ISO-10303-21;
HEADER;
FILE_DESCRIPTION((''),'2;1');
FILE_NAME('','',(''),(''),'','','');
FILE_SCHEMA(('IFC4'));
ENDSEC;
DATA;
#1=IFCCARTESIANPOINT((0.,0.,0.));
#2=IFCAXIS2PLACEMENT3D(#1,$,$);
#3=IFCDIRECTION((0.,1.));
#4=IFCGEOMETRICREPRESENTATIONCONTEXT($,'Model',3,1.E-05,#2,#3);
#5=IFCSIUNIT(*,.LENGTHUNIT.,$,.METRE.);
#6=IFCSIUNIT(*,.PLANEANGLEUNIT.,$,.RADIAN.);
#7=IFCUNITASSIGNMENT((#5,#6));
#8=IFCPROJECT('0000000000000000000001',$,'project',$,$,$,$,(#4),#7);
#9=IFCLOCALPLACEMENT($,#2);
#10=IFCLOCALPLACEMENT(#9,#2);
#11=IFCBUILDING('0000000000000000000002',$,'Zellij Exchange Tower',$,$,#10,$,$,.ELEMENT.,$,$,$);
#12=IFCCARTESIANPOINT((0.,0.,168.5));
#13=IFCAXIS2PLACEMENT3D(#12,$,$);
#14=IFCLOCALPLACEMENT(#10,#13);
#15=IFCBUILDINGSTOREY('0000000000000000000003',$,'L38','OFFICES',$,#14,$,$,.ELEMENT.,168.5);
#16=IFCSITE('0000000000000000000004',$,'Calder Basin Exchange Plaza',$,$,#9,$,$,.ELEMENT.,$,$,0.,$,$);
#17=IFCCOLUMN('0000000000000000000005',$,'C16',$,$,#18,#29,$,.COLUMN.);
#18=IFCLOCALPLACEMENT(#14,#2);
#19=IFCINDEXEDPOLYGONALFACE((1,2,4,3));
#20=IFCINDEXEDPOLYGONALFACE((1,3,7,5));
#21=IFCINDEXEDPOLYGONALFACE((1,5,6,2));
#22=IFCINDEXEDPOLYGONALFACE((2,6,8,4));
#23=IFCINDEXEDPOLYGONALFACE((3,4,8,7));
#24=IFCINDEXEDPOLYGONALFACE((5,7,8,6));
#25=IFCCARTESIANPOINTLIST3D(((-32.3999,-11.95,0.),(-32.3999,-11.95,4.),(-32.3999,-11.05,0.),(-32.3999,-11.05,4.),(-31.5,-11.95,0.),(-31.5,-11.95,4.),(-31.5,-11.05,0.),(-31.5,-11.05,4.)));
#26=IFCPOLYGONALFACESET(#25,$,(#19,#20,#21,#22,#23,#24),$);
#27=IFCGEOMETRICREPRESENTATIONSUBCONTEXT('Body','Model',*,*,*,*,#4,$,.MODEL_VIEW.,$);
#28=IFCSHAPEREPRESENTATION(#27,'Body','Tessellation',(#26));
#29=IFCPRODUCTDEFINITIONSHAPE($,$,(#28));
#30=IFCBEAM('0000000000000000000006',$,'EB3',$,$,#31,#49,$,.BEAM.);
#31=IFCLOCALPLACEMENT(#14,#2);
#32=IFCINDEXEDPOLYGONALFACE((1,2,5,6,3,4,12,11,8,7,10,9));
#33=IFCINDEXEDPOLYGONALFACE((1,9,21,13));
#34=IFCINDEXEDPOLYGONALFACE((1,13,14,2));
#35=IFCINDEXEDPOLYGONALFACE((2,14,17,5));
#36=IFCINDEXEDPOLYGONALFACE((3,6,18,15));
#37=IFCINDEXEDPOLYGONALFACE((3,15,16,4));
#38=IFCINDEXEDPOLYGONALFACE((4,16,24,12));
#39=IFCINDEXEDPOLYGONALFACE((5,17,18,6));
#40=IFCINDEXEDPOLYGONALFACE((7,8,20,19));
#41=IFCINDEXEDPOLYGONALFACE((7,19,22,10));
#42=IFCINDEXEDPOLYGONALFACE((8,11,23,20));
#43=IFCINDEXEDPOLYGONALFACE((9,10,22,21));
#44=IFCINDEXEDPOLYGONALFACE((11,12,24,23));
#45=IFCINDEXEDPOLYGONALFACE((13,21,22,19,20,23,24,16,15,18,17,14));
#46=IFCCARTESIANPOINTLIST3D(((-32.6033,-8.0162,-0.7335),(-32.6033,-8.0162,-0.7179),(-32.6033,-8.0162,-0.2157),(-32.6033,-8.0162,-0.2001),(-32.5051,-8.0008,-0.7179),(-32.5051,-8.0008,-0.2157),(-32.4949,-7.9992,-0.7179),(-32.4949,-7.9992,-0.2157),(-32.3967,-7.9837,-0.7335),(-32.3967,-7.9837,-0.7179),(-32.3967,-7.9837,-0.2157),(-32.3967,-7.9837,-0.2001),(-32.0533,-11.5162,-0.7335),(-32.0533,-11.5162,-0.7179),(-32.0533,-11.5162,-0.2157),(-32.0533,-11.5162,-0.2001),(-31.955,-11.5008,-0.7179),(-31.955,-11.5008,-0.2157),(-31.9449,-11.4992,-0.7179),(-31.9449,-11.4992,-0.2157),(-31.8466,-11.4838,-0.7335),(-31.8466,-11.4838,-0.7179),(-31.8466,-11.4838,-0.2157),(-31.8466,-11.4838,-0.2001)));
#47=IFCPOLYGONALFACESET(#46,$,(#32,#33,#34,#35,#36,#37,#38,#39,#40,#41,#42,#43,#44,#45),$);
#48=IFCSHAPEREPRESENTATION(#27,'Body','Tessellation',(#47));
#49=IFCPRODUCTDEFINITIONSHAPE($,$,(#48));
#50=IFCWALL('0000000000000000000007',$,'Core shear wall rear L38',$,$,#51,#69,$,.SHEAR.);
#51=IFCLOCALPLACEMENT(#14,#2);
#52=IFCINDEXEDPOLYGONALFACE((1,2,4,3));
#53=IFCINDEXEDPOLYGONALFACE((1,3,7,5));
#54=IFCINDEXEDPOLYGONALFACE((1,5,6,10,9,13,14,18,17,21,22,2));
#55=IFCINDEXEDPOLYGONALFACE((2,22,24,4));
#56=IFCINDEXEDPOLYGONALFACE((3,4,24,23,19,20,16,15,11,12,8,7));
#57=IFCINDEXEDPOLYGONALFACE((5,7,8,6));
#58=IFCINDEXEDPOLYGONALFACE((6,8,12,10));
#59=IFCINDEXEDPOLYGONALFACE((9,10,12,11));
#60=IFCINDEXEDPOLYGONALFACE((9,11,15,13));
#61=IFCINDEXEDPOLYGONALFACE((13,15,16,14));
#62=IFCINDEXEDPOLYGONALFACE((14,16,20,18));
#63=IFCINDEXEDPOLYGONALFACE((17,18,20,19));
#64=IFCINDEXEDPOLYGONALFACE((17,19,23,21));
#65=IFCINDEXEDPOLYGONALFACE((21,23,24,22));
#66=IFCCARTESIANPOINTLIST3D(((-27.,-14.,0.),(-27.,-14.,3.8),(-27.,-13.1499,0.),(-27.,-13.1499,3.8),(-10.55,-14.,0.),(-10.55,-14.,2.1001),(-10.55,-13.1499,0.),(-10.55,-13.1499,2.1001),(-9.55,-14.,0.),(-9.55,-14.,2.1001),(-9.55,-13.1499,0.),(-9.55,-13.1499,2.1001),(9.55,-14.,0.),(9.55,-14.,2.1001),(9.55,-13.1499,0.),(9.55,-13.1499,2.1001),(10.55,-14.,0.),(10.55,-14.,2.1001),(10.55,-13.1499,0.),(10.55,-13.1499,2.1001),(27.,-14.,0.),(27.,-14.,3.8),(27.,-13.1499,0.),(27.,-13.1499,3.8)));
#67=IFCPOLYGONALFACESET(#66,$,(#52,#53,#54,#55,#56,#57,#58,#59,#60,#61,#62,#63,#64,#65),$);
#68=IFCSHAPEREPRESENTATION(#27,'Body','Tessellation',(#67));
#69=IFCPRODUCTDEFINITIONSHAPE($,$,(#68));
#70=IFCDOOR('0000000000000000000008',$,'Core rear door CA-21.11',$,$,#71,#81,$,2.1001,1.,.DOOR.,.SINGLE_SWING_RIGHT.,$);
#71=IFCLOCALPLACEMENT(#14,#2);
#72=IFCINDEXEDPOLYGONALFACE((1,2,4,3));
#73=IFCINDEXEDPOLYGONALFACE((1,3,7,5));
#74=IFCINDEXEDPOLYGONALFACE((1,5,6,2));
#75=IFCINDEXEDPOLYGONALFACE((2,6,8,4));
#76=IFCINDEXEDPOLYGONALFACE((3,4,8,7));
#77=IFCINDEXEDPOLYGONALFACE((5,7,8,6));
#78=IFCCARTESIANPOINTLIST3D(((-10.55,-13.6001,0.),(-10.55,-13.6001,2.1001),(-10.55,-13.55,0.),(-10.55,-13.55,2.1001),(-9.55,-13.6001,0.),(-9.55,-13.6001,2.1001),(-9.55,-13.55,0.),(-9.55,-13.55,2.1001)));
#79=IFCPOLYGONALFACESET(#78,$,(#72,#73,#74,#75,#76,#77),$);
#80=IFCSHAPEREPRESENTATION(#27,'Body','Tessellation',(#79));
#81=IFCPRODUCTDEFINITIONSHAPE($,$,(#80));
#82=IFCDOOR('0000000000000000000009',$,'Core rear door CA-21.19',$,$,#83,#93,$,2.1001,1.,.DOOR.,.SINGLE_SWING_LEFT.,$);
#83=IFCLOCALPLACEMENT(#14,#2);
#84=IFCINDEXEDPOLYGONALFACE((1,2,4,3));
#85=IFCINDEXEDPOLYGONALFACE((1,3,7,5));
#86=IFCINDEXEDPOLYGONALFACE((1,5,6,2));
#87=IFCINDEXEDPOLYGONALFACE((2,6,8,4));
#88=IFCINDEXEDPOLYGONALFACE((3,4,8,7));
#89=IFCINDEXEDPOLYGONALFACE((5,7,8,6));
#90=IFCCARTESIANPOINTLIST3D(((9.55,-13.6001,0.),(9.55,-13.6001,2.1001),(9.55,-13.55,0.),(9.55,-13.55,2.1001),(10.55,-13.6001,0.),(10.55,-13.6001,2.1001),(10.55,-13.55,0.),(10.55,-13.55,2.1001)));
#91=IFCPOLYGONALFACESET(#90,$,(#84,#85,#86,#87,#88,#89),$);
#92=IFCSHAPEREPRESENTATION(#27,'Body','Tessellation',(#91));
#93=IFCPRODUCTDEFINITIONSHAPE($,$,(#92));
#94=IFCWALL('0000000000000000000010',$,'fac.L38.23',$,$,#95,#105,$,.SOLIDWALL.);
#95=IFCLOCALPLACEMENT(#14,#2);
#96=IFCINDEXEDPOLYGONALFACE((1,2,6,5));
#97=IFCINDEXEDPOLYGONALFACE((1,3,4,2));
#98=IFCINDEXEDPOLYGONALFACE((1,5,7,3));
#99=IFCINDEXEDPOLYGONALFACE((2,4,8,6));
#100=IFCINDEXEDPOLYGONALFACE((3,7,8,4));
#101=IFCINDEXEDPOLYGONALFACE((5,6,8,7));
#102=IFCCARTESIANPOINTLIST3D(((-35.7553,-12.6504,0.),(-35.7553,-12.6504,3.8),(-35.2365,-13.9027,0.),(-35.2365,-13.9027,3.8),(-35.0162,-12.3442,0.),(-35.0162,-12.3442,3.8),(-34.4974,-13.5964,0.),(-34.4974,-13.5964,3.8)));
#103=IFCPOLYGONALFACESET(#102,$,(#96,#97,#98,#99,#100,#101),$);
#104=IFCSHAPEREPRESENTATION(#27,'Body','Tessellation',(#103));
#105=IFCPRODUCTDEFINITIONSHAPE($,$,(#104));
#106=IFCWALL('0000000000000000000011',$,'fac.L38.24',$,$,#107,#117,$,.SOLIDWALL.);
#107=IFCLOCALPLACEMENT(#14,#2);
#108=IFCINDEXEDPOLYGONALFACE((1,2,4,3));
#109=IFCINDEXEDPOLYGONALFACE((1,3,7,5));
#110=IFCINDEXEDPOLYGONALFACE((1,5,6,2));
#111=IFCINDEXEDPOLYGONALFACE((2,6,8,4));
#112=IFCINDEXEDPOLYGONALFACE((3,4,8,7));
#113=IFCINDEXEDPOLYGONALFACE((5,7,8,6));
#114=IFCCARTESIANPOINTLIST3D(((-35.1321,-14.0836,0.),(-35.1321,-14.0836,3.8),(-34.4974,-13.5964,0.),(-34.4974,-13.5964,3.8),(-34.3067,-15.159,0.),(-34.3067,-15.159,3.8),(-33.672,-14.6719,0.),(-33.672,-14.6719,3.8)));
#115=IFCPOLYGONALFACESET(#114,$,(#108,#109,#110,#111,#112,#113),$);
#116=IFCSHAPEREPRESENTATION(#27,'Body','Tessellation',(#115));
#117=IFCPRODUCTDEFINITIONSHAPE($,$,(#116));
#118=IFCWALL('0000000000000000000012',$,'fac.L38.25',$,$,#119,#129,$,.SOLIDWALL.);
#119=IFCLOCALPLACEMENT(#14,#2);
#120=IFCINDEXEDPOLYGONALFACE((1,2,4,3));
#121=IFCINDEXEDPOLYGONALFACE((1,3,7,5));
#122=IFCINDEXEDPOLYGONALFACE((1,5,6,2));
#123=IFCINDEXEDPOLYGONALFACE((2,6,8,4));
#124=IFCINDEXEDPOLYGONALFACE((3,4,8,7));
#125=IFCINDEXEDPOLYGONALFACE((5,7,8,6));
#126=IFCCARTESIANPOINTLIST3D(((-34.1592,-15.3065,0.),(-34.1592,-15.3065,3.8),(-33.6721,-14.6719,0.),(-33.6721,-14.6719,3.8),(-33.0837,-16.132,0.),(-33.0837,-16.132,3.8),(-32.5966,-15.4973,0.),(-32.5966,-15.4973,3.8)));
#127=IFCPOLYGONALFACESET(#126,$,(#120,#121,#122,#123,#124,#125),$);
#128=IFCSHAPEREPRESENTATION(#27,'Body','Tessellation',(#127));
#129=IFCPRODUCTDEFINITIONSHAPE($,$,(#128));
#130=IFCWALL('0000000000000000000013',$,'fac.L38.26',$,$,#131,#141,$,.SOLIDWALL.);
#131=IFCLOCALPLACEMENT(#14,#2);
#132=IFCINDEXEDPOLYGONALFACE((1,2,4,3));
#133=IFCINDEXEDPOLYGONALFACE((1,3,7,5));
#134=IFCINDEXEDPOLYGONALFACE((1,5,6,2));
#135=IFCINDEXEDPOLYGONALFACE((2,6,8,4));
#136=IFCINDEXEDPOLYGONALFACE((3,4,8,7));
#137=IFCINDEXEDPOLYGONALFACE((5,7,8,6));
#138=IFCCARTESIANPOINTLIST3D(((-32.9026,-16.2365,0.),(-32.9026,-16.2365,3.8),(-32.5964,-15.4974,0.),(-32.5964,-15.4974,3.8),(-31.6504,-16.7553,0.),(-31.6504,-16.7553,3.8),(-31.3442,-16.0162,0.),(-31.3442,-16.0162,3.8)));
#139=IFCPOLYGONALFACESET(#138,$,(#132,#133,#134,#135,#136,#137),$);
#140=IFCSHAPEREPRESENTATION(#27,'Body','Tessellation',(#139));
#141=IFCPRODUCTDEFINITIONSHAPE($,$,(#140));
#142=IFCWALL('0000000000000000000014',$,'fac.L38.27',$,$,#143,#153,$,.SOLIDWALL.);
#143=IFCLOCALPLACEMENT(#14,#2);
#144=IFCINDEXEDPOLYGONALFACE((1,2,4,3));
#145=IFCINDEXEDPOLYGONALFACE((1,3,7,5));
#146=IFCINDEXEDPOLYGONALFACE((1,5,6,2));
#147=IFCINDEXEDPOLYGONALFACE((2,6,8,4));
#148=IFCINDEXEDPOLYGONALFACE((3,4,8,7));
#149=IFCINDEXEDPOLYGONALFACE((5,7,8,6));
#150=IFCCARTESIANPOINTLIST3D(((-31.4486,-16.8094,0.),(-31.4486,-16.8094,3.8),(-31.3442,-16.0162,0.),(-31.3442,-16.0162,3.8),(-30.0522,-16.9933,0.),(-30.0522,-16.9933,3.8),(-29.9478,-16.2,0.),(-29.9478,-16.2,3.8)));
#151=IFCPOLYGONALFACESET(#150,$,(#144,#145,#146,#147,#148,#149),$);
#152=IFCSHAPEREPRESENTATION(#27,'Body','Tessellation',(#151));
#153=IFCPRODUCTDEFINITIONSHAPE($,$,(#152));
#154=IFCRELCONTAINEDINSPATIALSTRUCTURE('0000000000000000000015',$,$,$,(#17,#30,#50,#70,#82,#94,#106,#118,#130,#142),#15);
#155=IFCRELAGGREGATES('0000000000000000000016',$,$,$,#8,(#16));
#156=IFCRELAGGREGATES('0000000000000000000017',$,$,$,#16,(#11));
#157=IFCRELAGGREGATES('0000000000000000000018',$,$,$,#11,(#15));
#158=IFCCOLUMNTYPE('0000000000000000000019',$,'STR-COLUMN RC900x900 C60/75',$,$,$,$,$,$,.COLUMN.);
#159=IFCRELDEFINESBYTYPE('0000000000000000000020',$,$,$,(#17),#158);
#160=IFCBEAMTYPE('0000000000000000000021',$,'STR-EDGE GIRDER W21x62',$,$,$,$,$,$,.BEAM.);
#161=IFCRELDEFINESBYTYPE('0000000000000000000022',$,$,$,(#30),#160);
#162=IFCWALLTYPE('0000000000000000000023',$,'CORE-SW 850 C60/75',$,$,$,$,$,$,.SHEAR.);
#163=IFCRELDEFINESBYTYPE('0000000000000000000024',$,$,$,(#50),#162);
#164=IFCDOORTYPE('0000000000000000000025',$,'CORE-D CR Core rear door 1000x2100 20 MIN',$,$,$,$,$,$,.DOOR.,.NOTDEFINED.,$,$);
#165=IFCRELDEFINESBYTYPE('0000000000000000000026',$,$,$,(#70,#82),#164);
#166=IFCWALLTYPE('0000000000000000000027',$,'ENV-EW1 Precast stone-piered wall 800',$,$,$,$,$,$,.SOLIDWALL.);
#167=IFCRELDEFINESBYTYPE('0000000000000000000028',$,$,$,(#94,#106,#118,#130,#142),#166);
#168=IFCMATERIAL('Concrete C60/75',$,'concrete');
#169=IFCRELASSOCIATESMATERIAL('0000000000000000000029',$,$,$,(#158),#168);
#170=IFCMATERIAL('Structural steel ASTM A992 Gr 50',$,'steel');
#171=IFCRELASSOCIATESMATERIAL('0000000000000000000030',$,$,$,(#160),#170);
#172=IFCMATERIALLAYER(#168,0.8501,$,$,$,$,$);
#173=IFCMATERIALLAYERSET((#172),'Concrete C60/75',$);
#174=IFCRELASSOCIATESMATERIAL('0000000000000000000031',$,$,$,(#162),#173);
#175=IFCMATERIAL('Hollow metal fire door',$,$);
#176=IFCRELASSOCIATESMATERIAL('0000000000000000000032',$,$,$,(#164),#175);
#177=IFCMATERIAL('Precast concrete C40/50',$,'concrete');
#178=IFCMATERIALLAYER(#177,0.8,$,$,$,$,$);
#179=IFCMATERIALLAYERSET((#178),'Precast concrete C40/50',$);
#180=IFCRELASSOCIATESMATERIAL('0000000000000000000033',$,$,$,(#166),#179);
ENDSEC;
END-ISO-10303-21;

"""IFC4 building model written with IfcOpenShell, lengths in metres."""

from ifc_helpers import new_model, si_unit, direction, frame, frame_2d, origin, origin_2d, place, context, subcontext, project, spatial, rectangle, i_section, extrude, material, layer, layer_set, material_profile, profile_set, type_object, element, fill, save


model = new_model("IFC4")

# Units and contexts
model_context = context("Model", 3, precision=1e-05, world=origin(), true_north=direction((0.0, 1.0)))
body_context = subcontext(model_context, "Body", "Model", "MODEL_VIEW")
ifc_project = project(units=[si_unit("LENGTHUNIT", "METRE"), si_unit("PLANEANGLEUNIT", "RADIAN")], contexts=[model_context])

# Site, building, storey
site_placement = place(None, origin())
site = spatial("IfcSite", under=ifc_project, at=site_placement, Name="Calder Basin Exchange Plaza", CompositionType="ELEMENT", RefElevation=0.0)
building_placement = place(site_placement, origin())
building = spatial("IfcBuilding", under=site, at=building_placement, Name="Zellij Exchange Tower", CompositionType="ELEMENT")
storey_placement = place(building_placement, frame((0.0, 0.0, 168.5)))
storey = spatial("IfcBuildingStorey", under=building, at=storey_placement, Name="L38", Description="OFFICES", CompositionType="ELEMENT", Elevation=168.5)

# Column
ifc_material_1 = material(Name="Concrete C60/75", Category="concrete")
ifc_material_profile_1 = material_profile(ifc_material_1, rectangle(XDim=0.8999, YDim=0.8999, at=origin_2d()), Name="STR-COLUMN RC900x900 C60/75")
ifc_profile_set_1 = profile_set([ifc_material_profile_1], Name="Concrete C60/75")
column_type = type_object("IfcColumnType", Name="STR-COLUMN RC900x900 C60/75", PredefinedType="COLUMN", material=ifc_profile_set_1)
column_placement = place(storey_placement, frame((-31.95, -11.5, 0.0), z_axis=(0.0, 0.0, 1.0), x_axis=(1.0, 0.0, 0.0)))
element("IfcColumn", 1, at=column_placement, inside=storey, type_object=column_type, Name="C16", PredefinedType="COLUMN", context=body_context, shape_type="SweptSolid", body=[
    extrude(rectangle(XDim=0.8999, YDim=0.8999, at=origin_2d()), origin(), (0.0, 0.0, 1.0), 4.0),
])

# Beam
ifc_material_2 = material(Name="Structural steel ASTM A992 Gr 50", Category="steel")
ifc_material_profile_2 = material_profile(ifc_material_2, i_section(OverallWidth=0.2092, OverallDepth=0.5334, WebThickness=0.0103, FlangeThickness=0.0156, at=origin_2d()), Name="W21x62")
ifc_profile_set_2 = profile_set([ifc_material_profile_2], Name="Structural steel ASTM A992 Gr 50")
beam_type = type_object("IfcBeamType", Name="STR-EDGE GIRDER W21x62", PredefinedType="BEAM", material=ifc_profile_set_2)
beam_placement = place(storey_placement, frame((-31.95, -11.5, -0.4668), z_axis=(-0.155251, 0.987875, 0.0), x_axis=(-0.987875, -0.155251, 0.0)))
element("IfcBeam", 2, at=beam_placement, inside=storey, type_object=beam_type, Name="EB3", PredefinedType="BEAM", context=body_context, shape_type="SweptSolid", body=[
    extrude(i_section(OverallWidth=0.2092, OverallDepth=0.5334, WebThickness=0.0103, FlangeThickness=0.0156, at=origin_2d()), origin(), (0.0, 0.0, 1.0), 3.543),
])

# Wall, openings, doors
ifc_layer_1 = layer(ifc_material_1, 0.8501)
ifc_layer_set_1 = layer_set([ifc_layer_1], Name="Concrete C60/75")
wall_type_1 = type_object("IfcWallType", Name="CORE-SW 850 C60/75", PredefinedType="SHEAR", material=ifc_layer_set_1)
wall_1_placement = place(storey_placement, frame((-27.0, -13.575, 0.0), z_axis=(0.0, 0.0, 1.0), x_axis=(1.0, 0.0, 0.0)))
wall_1 = element("IfcWall", 3, at=wall_1_placement, inside=storey, type_object=wall_type_1, Name="Core shear wall rear L38", PredefinedType="SHEAR", context=body_context, shape_type="SweptSolid", body=[
    extrude(rectangle(XDim=54.0, YDim=0.8501, at=frame_2d((27.0, 0.0))), origin(), (0.0, 0.0, 1.0), 3.8),
])
opening_1_placement = place(wall_1_placement, frame((16.45, 0.0, 0.0)))
opening_1 = element("IfcOpeningElement", 4, at=opening_1_placement, cuts=wall_1, PredefinedType="OPENING", context=body_context, shape_type="SweptSolid", body=[
    extrude(rectangle(XDim=1.0, YDim=2.1001, at=frame_2d((0.5, 1.05))), frame((0.0, 0.437, 0.0), z_axis=(0.0, -1.0, 0.0), x_axis=(1.0, 0.0, 0.0)), (0.0, 0.0, 1.0), 0.874),
])
opening_2_placement = place(wall_1_placement, frame((36.55, 0.0, 0.0)))
opening_2 = element("IfcOpeningElement", 5, at=opening_2_placement, cuts=wall_1, PredefinedType="OPENING", context=body_context, shape_type="SweptSolid", body=[
    extrude(rectangle(XDim=1.0, YDim=2.1001, at=frame_2d((0.5, 1.05))), frame((0.0, 0.437, 0.0), z_axis=(0.0, -1.0, 0.0), x_axis=(1.0, 0.0, 0.0)), (0.0, 0.0, 1.0), 0.874),
])
ifc_material_3 = material(Name="Hollow metal fire door")
door_type_1 = type_object("IfcDoorType", Name="CORE-D CR Core rear door 1000x2100 20 MIN", OperationType="NOTDEFINED", PredefinedType="DOOR", material=ifc_material_3)
door_1_placement = place(opening_1_placement, origin())
door_1 = element("IfcDoor", 6, at=door_1_placement, inside=storey, type_object=door_type_1, Name="Core rear door CA-21.11", OperationType="SINGLE_SWING_RIGHT", OverallHeight=2.1001, OverallWidth=1.0, PredefinedType="DOOR", context=body_context, shape_type="SweptSolid", body=[
    extrude(rectangle(XDim=1.0, YDim=2.1001, at=frame_2d((0.5, 1.05))), frame((0.0, 0.0249, 0.0), z_axis=(0.0, -1.0, 0.0), x_axis=(1.0, 0.0, 0.0)), (0.0, 0.0, 1.0), 0.05),
])
fill(opening_1, door_1)
door_2_placement = place(opening_2_placement, origin())
door_2 = element("IfcDoor", 7, at=door_2_placement, inside=storey, type_object=door_type_1, Name="Core rear door CA-21.19", OperationType="SINGLE_SWING_LEFT", OverallHeight=2.1001, OverallWidth=1.0, PredefinedType="DOOR", context=body_context, shape_type="SweptSolid", body=[
    extrude(rectangle(XDim=1.0, YDim=2.1001, at=frame_2d((0.5, 1.05))), frame((0.0, 0.0249, 0.0), z_axis=(0.0, -1.0, 0.0), x_axis=(1.0, 0.0, 0.0)), (0.0, 0.0, 1.0), 0.05),
])
fill(opening_2, door_2)

# Shared definitions
ifc_material_4 = material(Name="Precast concrete C40/50", Category="concrete")
ifc_layer_2 = layer(ifc_material_4, 0.8)
ifc_layer_set_2 = layer_set([ifc_layer_2], Name="Precast concrete C40/50")
wall_type_2 = type_object("IfcWallType", Name="ENV-EW1 Precast stone-piered wall 800", PredefinedType="SOLIDWALL", material=ifc_layer_set_2)

# Walls
wall_2_placement = place(storey_placement, frame((-35.3857, -12.4973, 0.0), z_axis=(0.0, 0.0, 1.0), x_axis=(0.38276, -0.923848, 0.0)))
element("IfcWall", 8, at=wall_2_placement, inside=storey, type_object=wall_type_2, Name="fac.L38.23", PredefinedType="SOLIDWALL", context=body_context, shape_type="SweptSolid", body=[
    extrude(rectangle(XDim=1.3555, YDim=0.8, at=frame_2d((0.6777, 0.0))), origin(), (0.0, 0.0, 1.0), 3.8),
])
for number, where, z_axis, x_axis, name in (
    (9, (-34.8147, -13.8401, 0.0), (0.0, 0.0, 1.0), (0.608866, -0.793273, 0.0), "fac.L38.24"),
    (10, (-33.9155, -14.9893, 0.0), (0.0, 0.0, 1.0), (0.793273, -0.608866, 0.0), "fac.L38.25"),
):
    element("IfcWall", number, at=place(storey_placement, frame(where, z_axis=z_axis, x_axis=x_axis)), inside=storey, type_object=wall_type_2, Name=name, PredefinedType="SOLIDWALL", context=body_context, shape_type="SweptSolid", body=[
        extrude(rectangle(XDim=1.3557, YDim=0.8, at=frame_2d((0.6777, 0.0))), origin(), (0.0, 0.0, 1.0), 3.8),
    ])
wall_3_placement = place(storey_placement, frame((-32.7495, -15.8669, 0.0), z_axis=(0.0, 0.0, 1.0), x_axis=(0.923848, -0.38276, 0.0)))
element("IfcWall", 11, at=wall_3_placement, inside=storey, type_object=wall_type_2, Name="fac.L38.26", PredefinedType="SOLIDWALL", context=body_context, shape_type="SweptSolid", body=[
    extrude(rectangle(XDim=1.3555, YDim=0.8, at=frame_2d((0.6777, 0.0))), origin(), (0.0, 0.0, 1.0), 3.8),
])
wall_4_placement = place(storey_placement, frame((-31.3962, -16.4128, 0.0), z_axis=(0.0, 0.0, 1.0), x_axis=(0.991446, -0.130517, 0.0)))
element("IfcWall", 12, at=wall_4_placement, inside=storey, type_object=wall_type_2, Name="fac.L38.27", PredefinedType="SOLIDWALL", context=body_context, shape_type="SweptSolid", body=[
    extrude(rectangle(XDim=1.4084, YDim=0.8, at=frame_2d((0.7041, 0.0))), origin(), (0.0, 0.0, 1.0), 3.8),
])

save(model, "model.ifc")
